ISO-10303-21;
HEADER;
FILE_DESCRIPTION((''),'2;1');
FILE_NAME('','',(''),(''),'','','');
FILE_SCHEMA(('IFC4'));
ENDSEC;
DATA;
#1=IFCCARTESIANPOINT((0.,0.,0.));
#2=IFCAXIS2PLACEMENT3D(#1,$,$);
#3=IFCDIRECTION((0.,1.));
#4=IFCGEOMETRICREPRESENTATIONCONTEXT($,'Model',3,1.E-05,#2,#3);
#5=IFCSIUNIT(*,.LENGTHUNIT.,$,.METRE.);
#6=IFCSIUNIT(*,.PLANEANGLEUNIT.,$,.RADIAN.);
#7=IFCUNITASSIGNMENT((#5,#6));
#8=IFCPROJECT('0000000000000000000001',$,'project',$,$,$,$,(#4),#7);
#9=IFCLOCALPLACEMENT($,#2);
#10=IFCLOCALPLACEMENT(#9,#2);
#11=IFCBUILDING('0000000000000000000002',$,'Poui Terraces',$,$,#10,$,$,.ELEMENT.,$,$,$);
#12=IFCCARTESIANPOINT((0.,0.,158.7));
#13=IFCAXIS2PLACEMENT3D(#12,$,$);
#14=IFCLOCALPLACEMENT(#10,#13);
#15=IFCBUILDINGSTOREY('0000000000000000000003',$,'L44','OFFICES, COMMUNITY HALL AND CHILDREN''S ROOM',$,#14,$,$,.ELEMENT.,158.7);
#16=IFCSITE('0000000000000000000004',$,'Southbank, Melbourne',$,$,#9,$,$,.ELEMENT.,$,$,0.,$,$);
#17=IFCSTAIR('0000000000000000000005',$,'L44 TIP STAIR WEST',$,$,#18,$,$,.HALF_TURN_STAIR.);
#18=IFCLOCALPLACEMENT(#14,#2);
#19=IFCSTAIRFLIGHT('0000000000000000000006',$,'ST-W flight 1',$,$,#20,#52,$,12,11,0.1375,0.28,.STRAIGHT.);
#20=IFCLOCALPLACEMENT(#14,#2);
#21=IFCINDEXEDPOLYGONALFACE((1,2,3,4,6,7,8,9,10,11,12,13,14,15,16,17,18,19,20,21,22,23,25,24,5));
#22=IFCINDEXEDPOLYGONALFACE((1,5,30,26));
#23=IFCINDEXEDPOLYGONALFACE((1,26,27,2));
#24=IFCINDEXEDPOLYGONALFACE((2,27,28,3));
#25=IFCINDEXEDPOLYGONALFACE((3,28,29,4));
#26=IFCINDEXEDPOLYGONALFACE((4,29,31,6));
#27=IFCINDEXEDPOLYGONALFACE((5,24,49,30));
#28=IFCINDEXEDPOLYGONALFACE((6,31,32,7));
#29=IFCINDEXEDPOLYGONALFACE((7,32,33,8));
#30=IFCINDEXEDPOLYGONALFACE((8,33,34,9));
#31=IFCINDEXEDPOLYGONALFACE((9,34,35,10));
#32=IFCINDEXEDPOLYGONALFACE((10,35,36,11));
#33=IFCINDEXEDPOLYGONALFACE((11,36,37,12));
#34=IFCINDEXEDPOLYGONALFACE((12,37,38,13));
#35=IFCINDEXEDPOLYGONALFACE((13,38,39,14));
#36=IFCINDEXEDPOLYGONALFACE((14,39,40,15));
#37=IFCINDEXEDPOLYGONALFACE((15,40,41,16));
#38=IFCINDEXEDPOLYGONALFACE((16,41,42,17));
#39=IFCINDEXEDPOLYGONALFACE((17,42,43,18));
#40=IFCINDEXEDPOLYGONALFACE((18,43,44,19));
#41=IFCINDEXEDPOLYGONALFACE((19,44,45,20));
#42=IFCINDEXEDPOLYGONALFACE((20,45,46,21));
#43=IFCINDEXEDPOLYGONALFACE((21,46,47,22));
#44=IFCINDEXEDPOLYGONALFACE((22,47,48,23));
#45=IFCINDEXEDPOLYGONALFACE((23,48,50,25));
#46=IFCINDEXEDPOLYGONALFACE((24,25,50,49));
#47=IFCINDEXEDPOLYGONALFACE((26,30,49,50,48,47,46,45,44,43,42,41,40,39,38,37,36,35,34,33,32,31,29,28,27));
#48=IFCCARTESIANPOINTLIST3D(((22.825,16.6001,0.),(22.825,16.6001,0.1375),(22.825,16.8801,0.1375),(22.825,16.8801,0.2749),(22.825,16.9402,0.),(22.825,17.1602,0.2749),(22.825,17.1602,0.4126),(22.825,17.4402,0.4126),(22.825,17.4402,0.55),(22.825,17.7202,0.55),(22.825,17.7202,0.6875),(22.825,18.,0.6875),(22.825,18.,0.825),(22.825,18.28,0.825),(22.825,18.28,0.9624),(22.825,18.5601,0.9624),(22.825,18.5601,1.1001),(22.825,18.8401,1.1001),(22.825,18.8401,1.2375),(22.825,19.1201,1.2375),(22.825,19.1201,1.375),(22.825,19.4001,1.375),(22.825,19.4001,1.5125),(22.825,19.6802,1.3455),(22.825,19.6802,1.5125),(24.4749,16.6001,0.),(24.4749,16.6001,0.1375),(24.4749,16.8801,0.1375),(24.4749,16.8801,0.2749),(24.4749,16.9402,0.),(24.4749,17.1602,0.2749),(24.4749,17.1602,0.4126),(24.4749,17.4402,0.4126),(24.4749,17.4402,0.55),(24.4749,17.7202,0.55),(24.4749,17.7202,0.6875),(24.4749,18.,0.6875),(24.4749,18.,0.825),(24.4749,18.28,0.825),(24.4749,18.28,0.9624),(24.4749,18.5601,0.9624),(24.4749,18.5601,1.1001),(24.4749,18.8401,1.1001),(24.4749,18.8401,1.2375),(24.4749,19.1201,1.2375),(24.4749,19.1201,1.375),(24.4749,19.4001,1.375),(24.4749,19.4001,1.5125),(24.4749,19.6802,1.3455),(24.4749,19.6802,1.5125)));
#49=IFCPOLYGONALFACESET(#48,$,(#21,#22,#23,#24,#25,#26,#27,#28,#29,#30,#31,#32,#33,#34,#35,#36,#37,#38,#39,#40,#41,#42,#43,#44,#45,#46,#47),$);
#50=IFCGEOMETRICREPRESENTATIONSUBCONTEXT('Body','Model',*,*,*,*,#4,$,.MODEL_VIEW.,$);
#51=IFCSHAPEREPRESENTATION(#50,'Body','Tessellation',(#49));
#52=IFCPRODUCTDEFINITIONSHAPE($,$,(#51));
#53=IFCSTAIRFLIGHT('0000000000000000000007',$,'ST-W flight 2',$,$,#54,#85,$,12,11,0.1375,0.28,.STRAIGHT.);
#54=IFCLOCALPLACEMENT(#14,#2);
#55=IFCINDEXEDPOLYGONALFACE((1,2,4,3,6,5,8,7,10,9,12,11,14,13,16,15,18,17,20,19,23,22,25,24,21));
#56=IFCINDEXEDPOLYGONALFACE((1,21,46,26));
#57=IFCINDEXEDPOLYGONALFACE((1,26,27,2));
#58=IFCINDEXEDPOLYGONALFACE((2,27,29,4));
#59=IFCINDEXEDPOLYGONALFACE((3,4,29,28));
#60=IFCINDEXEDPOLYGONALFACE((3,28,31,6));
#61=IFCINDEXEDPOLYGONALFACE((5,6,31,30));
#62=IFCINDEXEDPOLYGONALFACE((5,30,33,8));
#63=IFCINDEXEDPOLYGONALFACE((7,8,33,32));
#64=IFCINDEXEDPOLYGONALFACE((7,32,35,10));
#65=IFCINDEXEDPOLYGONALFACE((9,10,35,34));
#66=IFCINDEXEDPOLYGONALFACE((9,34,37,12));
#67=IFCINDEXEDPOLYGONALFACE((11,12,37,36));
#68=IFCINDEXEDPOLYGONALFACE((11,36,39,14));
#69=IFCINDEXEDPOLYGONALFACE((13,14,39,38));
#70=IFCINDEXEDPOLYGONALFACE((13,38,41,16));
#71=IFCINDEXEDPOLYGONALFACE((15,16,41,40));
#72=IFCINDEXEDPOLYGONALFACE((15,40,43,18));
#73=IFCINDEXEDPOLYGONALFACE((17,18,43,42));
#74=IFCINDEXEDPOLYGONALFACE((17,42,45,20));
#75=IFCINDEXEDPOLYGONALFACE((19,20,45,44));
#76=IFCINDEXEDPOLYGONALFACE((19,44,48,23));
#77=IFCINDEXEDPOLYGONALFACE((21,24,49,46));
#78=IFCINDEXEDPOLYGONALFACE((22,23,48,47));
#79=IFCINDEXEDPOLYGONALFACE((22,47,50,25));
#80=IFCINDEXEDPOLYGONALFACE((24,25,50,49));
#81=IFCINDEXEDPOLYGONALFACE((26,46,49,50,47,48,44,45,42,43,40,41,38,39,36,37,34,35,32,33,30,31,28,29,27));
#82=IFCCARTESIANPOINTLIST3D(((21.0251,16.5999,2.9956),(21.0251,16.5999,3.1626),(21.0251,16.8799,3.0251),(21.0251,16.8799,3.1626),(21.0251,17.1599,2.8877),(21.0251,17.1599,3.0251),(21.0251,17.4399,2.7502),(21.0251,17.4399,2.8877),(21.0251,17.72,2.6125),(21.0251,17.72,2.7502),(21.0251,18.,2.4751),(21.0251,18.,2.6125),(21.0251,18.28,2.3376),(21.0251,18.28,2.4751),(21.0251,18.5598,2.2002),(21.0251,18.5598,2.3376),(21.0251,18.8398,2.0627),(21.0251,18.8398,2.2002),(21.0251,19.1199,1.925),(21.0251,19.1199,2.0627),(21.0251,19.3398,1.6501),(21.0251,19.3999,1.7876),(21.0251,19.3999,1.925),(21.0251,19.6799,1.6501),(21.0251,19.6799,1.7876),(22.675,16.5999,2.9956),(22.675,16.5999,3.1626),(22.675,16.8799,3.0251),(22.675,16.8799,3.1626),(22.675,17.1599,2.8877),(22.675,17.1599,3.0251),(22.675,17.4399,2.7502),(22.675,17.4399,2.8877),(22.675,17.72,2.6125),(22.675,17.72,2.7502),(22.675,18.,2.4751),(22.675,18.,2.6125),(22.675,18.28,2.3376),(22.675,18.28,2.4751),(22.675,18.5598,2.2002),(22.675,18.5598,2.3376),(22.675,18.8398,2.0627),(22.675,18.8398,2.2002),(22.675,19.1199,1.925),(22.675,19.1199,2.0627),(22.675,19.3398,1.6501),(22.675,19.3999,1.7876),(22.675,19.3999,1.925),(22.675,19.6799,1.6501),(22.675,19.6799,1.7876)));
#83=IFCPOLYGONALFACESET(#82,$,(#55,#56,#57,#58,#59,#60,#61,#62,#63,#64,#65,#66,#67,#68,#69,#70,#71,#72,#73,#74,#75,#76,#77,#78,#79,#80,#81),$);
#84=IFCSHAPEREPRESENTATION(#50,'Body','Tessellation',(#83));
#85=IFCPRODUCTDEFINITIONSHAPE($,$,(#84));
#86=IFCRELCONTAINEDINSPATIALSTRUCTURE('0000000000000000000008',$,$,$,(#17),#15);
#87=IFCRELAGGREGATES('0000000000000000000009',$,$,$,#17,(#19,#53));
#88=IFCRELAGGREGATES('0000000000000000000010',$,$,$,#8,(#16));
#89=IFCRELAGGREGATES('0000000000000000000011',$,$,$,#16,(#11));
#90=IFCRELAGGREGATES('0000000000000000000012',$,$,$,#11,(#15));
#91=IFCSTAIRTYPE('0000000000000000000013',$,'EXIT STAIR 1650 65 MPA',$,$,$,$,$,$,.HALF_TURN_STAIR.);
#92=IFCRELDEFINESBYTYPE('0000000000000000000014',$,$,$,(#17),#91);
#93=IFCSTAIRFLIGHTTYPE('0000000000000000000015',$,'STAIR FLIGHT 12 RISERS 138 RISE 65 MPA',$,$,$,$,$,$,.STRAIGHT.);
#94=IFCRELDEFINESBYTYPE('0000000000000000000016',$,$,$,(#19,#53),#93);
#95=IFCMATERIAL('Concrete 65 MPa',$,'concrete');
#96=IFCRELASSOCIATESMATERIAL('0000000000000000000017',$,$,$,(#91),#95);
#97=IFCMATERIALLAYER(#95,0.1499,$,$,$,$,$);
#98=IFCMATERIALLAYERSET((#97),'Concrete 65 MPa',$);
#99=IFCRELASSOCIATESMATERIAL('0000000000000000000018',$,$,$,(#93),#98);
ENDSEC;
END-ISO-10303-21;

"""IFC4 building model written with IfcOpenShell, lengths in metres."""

from ifc_helpers import new_model, si_unit, direction, frame, origin, place, context, subcontext, project, spatial, polyline, outline, extrude, material, layer, layer_set, type_object, element, aggregate, save


model = new_model("IFC4")

# Units and contexts
model_context = context("Model", 3, precision=1e-05, world=origin(), true_north=direction((0.0, 1.0)))
body_context = subcontext(model_context, "Body", "Model", "MODEL_VIEW")
ifc_project = project(units=[si_unit("LENGTHUNIT", "METRE"), si_unit("PLANEANGLEUNIT", "RADIAN")], contexts=[model_context])

# Site, building, storey
site_placement = place(None, origin())
site = spatial("IfcSite", under=ifc_project, at=site_placement, Name="Southbank, Melbourne", CompositionType="ELEMENT", RefElevation=0.0)
building_placement = place(site_placement, origin())
building = spatial("IfcBuilding", under=site, at=building_placement, Name="Poui Terraces", CompositionType="ELEMENT")
storey_placement = place(building_placement, frame((0.0, 0.0, 158.7)))
storey = spatial("IfcBuildingStorey", under=building, at=storey_placement, Name="L44", Description="OFFICES, COMMUNITY HALL AND CHILDREN'S ROOM", CompositionType="ELEMENT", Elevation=158.7)

# Stair, stair flights
ifc_material_1 = material(Name="Concrete 65 MPa", Category="concrete")
stair_type = type_object("IfcStairType", Name="EXIT STAIR 1650 65 MPA", PredefinedType="HALF_TURN_STAIR", material=ifc_material_1)
stair_placement = place(storey_placement, origin())
stair = element("IfcStair", 1, at=stair_placement, inside=storey, type_object=stair_type, Name="L44 TIP STAIR WEST", PredefinedType="HALF_TURN_STAIR")
ifc_layer = layer(ifc_material_1, 0.1499)
ifc_layer_set = layer_set([ifc_layer], Name="Concrete 65 MPa")
stair_flight_type = type_object("IfcStairFlightType", Name="STAIR FLIGHT 12 RISERS 138 RISE 65 MPA", PredefinedType="STRAIGHT", material=ifc_layer_set)
stair_flight_1_placement = place(storey_placement, frame((23.6499, 16.6001, 0.0), z_axis=(0.0, 0.0, 1.0), x_axis=(0.0, 1.0, 0.0)))
stair_flight_1 = element("IfcStairFlight", 2, at=stair_flight_1_placement, type_object=stair_flight_type, Name="ST-W flight 1", NumberOfRisers=12, NumberOfTreads=11, PredefinedType="STRAIGHT", RiserHeight=0.1375, TreadLength=0.28, context=body_context, shape_type="SweptSolid", body=[
    extrude(outline(polyline([(0.0, 0.0), (0.0, 0.1375), (0.28, 0.1375), (0.28, 0.2749), (0.5601, 0.2749), (0.5601, 0.4126), (0.8401, 0.4126), (0.8401, 0.55), (1.1201, 0.55), (1.1201, 0.6875), (1.3999, 0.6875), (1.3999, 0.825), (1.6799, 0.825), (1.6799, 0.9624), (1.96, 0.9624), (1.96, 1.1001), (2.24, 1.1001), (2.24, 1.2375), (2.52, 1.2375), (2.52, 1.375), (2.8, 1.375), (2.8, 1.5125), (3.0801, 1.5125), (3.0801, 1.6499), (3.0801, 1.3455), (0.3401, 0.0), (0.0, 0.0)])), frame((0.0, 0.825, 0.0), z_axis=(0.0, -1.0, 0.0), x_axis=(1.0, 0.0, 0.0)), (0.0, 0.0, 1.0), 1.6499),
])
stair_flight_2_placement = place(storey_placement, frame((21.8501, 19.6799, 1.6501), z_axis=(0.0, 0.0, 1.0), x_axis=(0.0, -1.0, 0.0)))
stair_flight_2 = element("IfcStairFlight", 3, at=stair_flight_2_placement, type_object=stair_flight_type, Name="ST-W flight 2", NumberOfRisers=12, NumberOfTreads=11, PredefinedType="STRAIGHT", RiserHeight=0.1375, TreadLength=0.28, context=body_context, shape_type="SweptSolid", body=[
    extrude(outline(polyline([(0.0, 0.0), (0.0, 0.1375), (0.28, 0.1375), (0.28, 0.2749), (0.5601, 0.2749), (0.5601, 0.4126), (0.8401, 0.4126), (0.8401, 0.55), (1.1201, 0.55), (1.1201, 0.6875), (1.3999, 0.6875), (1.3999, 0.825), (1.6799, 0.825), (1.6799, 0.9624), (1.96, 0.9624), (1.96, 1.1001), (2.24, 1.1001), (2.24, 1.2375), (2.52, 1.2375), (2.52, 1.375), (2.8, 1.375), (2.8, 1.5125), (3.0801, 1.5125), (3.0801, 1.6499), (3.0801, 1.3455), (0.3401, 0.0), (0.0, 0.0)])), frame((0.0, 0.825, 0.0), z_axis=(0.0, -1.0, 0.0), x_axis=(1.0, 0.0, 0.0)), (0.0, 0.0, 1.0), 1.6499),
])
aggregate(stair, [stair_flight_1, stair_flight_2])

save(model, "model.ifc")
